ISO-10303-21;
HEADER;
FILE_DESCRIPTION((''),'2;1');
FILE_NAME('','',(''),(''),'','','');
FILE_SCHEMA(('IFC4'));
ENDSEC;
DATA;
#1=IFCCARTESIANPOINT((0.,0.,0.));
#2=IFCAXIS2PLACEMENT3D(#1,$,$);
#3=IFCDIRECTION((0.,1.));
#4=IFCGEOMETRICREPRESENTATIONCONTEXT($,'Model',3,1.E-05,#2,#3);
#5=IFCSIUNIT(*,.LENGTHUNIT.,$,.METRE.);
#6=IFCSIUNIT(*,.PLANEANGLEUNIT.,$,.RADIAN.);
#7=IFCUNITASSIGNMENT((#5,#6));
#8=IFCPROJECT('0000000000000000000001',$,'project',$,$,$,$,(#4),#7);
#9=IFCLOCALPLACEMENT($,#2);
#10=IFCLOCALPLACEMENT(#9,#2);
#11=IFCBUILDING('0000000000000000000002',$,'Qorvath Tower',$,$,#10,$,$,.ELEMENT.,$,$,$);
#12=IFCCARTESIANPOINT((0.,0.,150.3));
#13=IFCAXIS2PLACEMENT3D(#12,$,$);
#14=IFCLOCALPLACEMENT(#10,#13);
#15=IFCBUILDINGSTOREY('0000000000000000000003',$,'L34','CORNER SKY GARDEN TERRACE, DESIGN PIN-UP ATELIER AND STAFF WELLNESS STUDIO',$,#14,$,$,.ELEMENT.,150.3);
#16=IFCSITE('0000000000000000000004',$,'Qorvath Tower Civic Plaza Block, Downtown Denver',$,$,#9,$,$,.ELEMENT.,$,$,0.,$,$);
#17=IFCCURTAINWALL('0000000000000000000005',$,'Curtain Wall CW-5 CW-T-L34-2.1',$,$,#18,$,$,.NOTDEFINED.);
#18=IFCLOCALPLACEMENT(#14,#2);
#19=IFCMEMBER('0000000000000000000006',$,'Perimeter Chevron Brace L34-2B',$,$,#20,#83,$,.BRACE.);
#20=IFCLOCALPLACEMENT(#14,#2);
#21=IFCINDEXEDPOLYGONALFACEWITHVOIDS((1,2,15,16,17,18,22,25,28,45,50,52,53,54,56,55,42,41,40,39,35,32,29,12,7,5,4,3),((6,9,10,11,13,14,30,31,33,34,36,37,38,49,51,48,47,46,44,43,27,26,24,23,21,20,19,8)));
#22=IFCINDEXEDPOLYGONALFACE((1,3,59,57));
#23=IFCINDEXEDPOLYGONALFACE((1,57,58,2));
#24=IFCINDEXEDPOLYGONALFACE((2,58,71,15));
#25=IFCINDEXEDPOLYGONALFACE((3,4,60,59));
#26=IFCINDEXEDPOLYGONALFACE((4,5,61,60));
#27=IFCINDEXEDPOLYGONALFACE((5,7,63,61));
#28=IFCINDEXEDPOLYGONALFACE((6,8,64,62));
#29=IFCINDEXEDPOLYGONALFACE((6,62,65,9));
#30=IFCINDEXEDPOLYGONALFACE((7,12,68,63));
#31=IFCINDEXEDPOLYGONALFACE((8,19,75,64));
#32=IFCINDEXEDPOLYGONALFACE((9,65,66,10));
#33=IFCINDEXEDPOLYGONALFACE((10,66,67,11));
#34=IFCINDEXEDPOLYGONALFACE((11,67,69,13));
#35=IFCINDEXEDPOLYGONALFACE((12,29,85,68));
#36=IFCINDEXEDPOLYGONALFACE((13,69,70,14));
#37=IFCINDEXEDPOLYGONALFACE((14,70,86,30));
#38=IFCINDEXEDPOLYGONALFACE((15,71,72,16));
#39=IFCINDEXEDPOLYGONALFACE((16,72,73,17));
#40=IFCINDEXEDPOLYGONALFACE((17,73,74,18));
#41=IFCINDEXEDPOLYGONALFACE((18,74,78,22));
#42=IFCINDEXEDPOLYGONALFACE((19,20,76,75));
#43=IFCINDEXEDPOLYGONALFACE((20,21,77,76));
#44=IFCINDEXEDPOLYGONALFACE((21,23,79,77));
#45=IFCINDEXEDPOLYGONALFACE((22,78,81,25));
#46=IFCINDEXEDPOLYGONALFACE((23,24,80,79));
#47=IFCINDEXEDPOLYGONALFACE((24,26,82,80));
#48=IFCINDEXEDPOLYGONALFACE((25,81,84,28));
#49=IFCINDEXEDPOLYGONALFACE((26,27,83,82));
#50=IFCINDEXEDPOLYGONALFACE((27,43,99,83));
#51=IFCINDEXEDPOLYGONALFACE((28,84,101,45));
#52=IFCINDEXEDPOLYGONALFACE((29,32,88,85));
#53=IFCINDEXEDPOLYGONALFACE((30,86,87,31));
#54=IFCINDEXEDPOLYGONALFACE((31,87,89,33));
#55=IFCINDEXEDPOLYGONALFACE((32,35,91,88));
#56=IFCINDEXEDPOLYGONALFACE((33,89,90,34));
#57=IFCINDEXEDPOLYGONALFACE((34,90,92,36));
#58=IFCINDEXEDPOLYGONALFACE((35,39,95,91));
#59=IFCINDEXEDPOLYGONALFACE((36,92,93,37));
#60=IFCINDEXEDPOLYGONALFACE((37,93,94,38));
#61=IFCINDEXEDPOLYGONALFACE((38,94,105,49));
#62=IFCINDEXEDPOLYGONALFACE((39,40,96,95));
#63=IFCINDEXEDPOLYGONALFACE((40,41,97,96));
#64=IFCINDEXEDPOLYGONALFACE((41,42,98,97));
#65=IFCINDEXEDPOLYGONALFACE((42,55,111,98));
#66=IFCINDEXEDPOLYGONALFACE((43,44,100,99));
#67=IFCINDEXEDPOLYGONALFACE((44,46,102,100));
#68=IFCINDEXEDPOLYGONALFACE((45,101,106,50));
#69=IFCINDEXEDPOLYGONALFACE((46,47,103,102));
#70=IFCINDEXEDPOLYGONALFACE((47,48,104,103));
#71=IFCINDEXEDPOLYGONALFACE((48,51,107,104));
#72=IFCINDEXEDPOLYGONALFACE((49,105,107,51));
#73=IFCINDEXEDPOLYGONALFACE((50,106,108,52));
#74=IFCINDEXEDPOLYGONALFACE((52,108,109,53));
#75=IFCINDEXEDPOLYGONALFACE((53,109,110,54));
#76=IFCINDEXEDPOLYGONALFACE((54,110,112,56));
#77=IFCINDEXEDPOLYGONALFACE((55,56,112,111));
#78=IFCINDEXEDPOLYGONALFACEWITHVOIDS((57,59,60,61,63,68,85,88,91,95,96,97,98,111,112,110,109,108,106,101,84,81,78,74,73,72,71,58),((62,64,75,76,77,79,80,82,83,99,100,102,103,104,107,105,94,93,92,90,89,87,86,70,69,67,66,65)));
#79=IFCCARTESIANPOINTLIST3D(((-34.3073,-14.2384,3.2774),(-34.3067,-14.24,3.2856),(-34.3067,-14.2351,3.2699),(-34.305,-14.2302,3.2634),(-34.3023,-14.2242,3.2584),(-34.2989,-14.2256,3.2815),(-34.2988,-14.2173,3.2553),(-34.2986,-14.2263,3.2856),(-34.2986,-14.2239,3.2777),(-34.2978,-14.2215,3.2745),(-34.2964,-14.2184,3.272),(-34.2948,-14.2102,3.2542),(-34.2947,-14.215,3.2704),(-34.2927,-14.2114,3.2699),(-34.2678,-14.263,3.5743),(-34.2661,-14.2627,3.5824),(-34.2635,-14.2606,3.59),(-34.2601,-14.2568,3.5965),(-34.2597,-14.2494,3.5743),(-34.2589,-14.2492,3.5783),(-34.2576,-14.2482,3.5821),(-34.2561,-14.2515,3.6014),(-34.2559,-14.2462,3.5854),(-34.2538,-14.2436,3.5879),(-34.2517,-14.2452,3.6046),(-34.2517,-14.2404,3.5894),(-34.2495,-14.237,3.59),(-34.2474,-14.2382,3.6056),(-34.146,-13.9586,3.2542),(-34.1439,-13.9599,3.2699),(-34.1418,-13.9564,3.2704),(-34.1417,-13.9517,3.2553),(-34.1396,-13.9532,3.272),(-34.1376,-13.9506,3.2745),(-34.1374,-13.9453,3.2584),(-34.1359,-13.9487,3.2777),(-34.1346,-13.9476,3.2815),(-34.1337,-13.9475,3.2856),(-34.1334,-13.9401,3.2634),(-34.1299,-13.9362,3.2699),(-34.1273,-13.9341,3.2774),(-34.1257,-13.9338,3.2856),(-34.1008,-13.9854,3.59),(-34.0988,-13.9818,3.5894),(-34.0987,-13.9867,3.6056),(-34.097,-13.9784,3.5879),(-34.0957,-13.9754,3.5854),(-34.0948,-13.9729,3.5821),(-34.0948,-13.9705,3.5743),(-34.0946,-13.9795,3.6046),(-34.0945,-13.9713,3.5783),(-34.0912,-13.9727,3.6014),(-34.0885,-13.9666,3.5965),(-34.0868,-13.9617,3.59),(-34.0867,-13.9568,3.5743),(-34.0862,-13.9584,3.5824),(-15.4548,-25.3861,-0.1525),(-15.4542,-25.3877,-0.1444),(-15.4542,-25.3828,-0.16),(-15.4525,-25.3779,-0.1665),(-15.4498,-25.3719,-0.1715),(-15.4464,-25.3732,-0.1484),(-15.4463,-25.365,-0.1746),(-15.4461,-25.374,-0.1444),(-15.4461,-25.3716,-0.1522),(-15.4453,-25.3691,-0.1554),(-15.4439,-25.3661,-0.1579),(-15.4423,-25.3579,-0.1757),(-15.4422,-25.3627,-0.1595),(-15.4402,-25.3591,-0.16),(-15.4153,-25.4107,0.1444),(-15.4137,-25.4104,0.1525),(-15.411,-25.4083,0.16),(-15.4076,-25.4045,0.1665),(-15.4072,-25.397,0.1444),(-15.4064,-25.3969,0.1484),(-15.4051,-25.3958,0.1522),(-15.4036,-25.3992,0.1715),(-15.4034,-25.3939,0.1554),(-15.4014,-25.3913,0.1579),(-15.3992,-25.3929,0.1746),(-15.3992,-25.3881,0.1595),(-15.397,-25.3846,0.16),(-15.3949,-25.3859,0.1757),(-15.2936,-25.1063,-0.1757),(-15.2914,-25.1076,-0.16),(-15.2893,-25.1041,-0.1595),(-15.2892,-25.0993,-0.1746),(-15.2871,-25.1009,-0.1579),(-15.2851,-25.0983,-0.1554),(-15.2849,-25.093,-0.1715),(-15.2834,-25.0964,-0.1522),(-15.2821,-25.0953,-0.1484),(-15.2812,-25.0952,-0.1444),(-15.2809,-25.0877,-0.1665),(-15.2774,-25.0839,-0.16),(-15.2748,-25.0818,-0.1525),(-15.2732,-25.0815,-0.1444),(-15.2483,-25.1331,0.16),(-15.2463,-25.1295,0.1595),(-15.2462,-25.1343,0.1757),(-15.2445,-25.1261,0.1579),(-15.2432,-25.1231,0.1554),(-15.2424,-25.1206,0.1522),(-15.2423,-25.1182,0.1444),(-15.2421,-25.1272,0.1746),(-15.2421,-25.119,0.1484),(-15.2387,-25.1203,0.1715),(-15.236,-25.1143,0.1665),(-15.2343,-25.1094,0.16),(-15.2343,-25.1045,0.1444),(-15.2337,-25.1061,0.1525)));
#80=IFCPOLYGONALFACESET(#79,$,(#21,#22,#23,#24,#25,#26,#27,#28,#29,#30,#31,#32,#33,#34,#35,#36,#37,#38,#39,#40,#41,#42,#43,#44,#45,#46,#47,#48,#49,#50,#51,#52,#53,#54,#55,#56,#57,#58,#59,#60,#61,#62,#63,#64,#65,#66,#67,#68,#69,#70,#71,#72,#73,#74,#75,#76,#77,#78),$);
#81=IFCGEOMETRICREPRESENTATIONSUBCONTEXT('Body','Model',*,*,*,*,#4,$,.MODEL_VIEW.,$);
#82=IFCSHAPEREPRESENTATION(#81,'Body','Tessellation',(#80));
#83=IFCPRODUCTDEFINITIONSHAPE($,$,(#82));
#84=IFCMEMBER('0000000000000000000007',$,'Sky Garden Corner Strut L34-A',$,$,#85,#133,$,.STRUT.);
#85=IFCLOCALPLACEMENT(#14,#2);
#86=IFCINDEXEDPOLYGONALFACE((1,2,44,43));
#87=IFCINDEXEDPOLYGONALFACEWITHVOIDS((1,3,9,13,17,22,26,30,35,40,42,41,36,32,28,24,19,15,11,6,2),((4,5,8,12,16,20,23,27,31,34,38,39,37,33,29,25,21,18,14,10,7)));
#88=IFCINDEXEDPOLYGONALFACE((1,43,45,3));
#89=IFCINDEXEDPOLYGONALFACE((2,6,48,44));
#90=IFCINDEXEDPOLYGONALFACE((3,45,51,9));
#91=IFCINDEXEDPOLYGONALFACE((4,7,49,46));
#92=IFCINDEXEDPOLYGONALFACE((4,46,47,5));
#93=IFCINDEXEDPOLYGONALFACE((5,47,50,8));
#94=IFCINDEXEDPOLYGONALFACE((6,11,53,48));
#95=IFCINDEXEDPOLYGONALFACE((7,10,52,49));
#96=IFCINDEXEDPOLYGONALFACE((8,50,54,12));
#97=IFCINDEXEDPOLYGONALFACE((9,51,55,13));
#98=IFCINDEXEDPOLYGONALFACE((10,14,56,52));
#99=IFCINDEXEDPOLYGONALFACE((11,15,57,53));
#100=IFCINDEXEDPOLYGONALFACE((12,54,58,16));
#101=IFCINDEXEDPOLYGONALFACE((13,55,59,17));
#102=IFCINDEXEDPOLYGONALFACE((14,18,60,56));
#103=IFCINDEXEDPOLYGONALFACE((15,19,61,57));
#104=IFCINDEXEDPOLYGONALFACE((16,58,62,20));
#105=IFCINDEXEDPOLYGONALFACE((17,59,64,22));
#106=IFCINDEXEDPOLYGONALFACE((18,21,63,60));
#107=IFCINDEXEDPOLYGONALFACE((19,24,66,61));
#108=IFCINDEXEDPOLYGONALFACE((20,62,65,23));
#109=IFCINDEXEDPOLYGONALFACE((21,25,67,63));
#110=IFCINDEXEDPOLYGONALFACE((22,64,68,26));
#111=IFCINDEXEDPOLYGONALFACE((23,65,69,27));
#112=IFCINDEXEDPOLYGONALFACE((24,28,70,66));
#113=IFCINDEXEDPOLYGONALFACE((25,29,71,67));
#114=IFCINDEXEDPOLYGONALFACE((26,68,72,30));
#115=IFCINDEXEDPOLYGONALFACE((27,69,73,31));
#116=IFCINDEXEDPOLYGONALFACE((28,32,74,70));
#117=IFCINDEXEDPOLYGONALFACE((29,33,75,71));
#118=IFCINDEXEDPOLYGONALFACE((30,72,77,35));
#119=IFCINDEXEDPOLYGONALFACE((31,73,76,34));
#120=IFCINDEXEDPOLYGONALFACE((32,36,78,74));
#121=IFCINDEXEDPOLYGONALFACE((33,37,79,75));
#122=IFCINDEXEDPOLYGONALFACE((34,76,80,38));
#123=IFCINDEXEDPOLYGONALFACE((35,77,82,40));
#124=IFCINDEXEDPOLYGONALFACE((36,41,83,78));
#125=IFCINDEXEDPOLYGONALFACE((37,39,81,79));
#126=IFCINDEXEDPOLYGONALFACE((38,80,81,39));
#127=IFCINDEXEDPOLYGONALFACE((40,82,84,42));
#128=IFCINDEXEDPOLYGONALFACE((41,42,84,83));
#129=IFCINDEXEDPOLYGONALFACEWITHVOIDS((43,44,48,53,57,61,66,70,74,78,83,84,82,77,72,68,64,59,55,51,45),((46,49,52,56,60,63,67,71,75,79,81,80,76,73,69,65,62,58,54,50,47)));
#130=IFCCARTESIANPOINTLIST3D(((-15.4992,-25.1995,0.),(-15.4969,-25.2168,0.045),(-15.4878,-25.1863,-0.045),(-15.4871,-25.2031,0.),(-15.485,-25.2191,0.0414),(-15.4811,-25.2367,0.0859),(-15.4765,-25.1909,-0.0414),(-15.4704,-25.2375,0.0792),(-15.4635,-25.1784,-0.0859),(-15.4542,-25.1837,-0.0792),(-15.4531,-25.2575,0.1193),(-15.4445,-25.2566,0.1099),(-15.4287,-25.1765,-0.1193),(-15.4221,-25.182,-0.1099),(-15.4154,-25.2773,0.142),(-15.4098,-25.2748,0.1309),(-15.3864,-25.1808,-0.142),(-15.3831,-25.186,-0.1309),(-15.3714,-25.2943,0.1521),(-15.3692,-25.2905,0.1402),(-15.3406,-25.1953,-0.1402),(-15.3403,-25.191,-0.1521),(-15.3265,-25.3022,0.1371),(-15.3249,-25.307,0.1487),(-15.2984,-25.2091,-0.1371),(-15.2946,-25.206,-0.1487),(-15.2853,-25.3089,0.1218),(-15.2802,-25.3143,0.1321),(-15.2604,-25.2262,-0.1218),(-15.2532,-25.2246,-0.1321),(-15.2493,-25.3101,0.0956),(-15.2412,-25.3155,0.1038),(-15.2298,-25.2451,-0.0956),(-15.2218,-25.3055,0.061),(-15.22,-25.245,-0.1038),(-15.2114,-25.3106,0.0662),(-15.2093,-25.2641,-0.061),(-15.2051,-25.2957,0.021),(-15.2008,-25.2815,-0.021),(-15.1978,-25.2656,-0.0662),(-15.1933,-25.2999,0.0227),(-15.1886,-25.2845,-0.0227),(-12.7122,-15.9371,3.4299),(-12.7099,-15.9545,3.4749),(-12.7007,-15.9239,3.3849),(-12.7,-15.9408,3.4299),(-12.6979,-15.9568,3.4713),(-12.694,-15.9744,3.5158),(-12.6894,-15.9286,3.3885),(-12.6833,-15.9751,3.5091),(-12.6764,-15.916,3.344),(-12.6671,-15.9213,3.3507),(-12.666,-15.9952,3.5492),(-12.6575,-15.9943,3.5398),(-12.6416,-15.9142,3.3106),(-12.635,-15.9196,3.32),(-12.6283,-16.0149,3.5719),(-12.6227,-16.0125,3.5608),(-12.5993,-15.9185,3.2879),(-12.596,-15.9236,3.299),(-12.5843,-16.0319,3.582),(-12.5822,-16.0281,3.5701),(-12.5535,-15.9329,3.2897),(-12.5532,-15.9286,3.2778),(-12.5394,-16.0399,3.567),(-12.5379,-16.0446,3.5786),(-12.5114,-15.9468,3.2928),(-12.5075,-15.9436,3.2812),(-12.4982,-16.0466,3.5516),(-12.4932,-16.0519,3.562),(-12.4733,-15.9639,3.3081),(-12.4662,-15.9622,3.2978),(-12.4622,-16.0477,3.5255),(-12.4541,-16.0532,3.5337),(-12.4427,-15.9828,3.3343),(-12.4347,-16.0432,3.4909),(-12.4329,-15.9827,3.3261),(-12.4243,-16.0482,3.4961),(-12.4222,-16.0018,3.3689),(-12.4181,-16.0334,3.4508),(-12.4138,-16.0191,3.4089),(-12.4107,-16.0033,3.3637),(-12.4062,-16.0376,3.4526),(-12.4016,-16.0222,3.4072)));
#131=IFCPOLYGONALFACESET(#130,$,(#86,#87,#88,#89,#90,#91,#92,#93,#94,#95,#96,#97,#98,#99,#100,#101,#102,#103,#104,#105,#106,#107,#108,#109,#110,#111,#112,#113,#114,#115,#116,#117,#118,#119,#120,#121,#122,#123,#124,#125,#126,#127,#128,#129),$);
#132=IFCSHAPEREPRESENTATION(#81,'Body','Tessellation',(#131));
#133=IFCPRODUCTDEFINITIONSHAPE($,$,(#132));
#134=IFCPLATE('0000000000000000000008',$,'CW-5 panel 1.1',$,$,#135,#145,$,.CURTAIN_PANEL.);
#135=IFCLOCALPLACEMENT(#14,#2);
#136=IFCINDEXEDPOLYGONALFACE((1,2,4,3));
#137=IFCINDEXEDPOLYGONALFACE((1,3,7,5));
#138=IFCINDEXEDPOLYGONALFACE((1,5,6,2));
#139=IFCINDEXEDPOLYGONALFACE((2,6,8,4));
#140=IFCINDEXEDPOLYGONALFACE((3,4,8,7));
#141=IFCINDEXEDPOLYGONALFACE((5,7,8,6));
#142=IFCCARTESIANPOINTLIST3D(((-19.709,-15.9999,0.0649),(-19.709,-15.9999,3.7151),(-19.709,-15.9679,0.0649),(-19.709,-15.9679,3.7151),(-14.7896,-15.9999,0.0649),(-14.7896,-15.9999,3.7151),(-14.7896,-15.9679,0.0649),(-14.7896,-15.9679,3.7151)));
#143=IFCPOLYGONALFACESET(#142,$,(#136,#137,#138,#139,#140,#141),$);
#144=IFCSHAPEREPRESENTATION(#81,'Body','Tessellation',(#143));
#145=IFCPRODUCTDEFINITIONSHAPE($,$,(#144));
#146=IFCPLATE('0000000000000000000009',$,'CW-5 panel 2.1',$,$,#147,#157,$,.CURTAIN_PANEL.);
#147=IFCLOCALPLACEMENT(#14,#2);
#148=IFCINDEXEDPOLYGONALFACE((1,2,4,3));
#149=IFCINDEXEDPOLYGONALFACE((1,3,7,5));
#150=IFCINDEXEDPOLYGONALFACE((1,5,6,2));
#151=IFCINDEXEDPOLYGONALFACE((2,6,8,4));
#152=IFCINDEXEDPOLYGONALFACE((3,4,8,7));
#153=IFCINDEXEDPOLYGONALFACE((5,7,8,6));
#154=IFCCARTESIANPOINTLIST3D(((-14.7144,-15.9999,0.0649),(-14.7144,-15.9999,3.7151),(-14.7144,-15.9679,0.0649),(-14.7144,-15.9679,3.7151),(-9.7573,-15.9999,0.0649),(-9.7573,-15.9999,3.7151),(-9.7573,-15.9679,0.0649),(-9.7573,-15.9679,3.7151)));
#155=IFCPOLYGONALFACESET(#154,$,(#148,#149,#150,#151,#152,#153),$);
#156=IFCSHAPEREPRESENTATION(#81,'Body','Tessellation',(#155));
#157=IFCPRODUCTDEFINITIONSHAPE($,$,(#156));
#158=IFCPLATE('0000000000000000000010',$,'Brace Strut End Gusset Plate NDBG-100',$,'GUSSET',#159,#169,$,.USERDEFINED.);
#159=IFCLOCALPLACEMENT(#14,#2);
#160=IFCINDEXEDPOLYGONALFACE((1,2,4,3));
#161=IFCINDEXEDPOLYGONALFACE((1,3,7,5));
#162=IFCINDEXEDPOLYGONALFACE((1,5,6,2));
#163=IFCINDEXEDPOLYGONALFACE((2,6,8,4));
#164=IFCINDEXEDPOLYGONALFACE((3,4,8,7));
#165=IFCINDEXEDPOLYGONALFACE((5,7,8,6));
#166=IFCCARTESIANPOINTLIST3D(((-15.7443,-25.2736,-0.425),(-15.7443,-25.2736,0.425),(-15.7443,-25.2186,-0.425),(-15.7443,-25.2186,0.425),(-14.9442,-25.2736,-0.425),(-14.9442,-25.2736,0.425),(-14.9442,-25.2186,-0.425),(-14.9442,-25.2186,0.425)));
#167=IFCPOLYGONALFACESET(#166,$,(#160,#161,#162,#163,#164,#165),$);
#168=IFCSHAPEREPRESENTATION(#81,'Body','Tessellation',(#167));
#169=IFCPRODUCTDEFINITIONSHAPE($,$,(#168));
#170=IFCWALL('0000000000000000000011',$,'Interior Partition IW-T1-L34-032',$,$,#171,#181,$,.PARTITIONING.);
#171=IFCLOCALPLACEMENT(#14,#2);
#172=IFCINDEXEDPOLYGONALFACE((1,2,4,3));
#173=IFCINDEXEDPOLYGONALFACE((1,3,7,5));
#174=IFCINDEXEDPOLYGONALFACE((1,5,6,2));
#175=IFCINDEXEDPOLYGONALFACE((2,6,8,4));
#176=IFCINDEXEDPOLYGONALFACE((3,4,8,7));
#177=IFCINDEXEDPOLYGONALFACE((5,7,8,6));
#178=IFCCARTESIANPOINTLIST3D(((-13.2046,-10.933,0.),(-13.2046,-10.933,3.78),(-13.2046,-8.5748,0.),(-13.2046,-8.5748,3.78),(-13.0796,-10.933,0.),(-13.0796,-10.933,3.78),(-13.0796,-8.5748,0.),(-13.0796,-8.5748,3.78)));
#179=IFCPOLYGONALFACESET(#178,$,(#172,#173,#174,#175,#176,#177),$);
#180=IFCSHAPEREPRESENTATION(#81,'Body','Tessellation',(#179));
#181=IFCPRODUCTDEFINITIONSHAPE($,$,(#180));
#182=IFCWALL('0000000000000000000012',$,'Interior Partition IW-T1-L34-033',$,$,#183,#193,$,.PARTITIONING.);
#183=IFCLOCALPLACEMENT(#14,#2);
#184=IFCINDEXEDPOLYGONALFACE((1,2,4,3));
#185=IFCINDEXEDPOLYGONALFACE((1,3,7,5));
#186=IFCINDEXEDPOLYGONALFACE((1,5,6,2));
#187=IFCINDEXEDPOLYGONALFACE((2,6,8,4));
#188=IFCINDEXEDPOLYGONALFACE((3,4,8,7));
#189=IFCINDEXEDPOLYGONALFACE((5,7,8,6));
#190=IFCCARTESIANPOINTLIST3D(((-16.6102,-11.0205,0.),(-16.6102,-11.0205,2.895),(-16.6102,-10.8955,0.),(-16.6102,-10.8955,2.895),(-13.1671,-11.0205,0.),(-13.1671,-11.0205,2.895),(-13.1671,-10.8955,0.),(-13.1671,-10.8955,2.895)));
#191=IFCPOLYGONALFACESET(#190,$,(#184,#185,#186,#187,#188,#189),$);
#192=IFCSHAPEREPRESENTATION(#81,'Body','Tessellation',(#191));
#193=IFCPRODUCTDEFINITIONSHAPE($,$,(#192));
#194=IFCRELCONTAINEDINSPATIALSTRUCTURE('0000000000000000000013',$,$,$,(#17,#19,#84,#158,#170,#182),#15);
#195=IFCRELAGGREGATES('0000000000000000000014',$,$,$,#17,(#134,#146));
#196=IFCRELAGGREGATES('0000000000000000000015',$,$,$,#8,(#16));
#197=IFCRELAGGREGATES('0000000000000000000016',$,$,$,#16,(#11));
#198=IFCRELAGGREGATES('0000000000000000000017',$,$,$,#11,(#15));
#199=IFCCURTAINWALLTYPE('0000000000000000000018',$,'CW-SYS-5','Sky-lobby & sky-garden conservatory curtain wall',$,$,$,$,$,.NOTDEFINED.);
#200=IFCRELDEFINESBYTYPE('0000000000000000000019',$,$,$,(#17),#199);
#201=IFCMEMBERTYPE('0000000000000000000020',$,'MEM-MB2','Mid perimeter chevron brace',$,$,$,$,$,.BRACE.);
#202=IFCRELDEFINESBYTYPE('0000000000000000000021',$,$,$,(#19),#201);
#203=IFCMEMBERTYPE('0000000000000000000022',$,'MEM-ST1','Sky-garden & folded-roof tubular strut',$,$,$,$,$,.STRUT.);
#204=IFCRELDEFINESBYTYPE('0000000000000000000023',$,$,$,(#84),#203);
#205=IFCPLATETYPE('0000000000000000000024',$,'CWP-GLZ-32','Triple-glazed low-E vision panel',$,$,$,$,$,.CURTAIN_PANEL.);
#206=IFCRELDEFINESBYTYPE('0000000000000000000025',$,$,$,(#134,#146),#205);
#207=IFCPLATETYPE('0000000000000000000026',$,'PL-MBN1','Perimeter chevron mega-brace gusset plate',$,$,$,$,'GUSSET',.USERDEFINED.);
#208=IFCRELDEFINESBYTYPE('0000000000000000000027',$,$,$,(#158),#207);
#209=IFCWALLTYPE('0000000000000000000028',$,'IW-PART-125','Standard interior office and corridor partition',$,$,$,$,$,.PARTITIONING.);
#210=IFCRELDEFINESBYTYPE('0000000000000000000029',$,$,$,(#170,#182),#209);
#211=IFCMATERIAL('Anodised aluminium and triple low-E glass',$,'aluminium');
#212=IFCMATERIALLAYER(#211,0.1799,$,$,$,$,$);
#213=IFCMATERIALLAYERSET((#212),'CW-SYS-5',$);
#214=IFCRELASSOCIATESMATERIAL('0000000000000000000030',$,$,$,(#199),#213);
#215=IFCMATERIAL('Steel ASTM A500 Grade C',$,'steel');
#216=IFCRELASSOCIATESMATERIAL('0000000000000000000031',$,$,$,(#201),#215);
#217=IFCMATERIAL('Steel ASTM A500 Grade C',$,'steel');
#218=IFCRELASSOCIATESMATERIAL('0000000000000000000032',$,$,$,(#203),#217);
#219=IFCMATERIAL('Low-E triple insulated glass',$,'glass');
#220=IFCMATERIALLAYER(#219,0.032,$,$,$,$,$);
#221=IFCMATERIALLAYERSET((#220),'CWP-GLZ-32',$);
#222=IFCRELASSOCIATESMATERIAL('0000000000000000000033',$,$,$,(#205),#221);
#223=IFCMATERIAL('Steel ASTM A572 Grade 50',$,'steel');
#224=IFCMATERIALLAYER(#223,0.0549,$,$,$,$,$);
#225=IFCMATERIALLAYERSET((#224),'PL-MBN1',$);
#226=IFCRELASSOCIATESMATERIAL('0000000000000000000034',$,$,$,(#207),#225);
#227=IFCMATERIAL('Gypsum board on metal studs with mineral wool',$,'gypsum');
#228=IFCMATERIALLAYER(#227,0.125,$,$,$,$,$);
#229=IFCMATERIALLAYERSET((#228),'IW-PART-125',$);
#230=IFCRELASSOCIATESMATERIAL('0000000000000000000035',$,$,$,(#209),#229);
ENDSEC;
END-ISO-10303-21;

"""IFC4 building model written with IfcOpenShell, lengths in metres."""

from ifc_helpers import new_model, si_unit, direction, frame, frame_2d, origin, origin_2d, place, context, subcontext, project, spatial, rectangle, hollow_rectangle, hollow_circle, extrude, material, layer, layer_set, material_profile, profile_set, type_object, element, aggregate, save


model = new_model("IFC4")

# Units and contexts
model_context = context("Model", 3, precision=1e-05, world=origin(), true_north=direction((0.0, 1.0)))
body_context = subcontext(model_context, "Body", "Model", "MODEL_VIEW")
ifc_project = project(units=[si_unit("LENGTHUNIT", "METRE"), si_unit("PLANEANGLEUNIT", "RADIAN")], contexts=[model_context])

# Site, building, storey
site_placement = place(None, origin())
site = spatial("IfcSite", under=ifc_project, at=site_placement, Name="Qorvath Tower Civic Plaza Block, Downtown Denver", CompositionType="ELEMENT", RefElevation=0.0)
building_placement = place(site_placement, origin())
building = spatial("IfcBuilding", under=site, at=building_placement, Name="Qorvath Tower", CompositionType="ELEMENT")
storey_placement = place(building_placement, frame((0.0, 0.0, 150.3)))
storey = spatial("IfcBuildingStorey", under=building, at=storey_placement, Name="L34", Description="CORNER SKY GARDEN TERRACE, DESIGN PIN-UP ATELIER AND STAFF WELLNESS STUDIO", CompositionType="ELEMENT", Elevation=150.3)

# Curtain wall
ifc_material_1 = material(Name="Anodised aluminium and triple low-E glass", Category="aluminium")
ifc_layer_1 = layer(ifc_material_1, 0.1799)
ifc_layer_set_1 = layer_set([ifc_layer_1], Name="CW-SYS-5")
curtain_wall_type = type_object("IfcCurtainWallType", Name="CW-SYS-5", Description="Sky-lobby & sky-garden conservatory curtain wall", PredefinedType="NOTDEFINED", material=ifc_layer_set_1)
curtain_wall_1_placement = place(storey_placement, origin())
curtain_wall_1 = element("IfcCurtainWall", 1, at=curtain_wall_1_placement, inside=storey, type_object=curtain_wall_type, Name="Curtain Wall CW-5 CW-T-L34-2.1", PredefinedType="NOTDEFINED")

# Members
ifc_material_2 = material(Name="Steel ASTM A500 Grade C", Category="steel")
ifc_material_profile_1 = material_profile(ifc_material_2, hollow_rectangle(XDim=0.3557, YDim=0.3557, WallThickness=0.0159, InnerFilletRadius=0.0159, OuterFilletRadius=0.0317, at=origin_2d()), Name="HSS 356x356x16")
ifc_profile_set_1 = profile_set([ifc_material_profile_1], Name="Steel ASTM A500 Grade C")
member_type_1 = type_object("IfcMemberType", Name="MEM-MB2", Description="Mid perimeter chevron brace", PredefinedType="BRACE", material=ifc_profile_set_1)
member_1_placement = place(storey_placement, frame((-15.3442, -25.2461, 0.0), z_axis=(-0.85041, 0.502856, 0.154719), x_axis=(-0.508985, -0.860775, 0.0)))
element("IfcMember", 2, at=member_1_placement, inside=storey, type_object=member_type_1, Name="Perimeter Chevron Brace L34-2B", PredefinedType="BRACE", context=body_context, shape_type="SweptSolid", body=[
    extrude(hollow_rectangle(XDim=0.3557, YDim=0.3557, WallThickness=0.0159, InnerFilletRadius=0.0159, OuterFilletRadius=0.0317, at=origin_2d()), origin(), (0.0, 0.0, 1.0), 22.1687),
])
ifc_material_3 = material(Name="Steel ASTM A500 Grade C", Category="steel")
ifc_material_profile_2 = material_profile(ifc_material_3, hollow_circle(Radius=0.1619, WallThickness=0.0127, at=origin_2d()), Name="CHS 324x12.7")
ifc_profile_set_2 = profile_set([ifc_material_profile_2], Name="Steel ASTM A500 Grade C")
member_type_2 = type_object("IfcMemberType", Name="MEM-ST1", Description="Sky-garden & folded-roof tubular strut", PredefinedType="STRUT", material=ifc_profile_set_2)
member_2_placement = place(storey_placement, frame((-15.3442, -25.2461, 0.0), z_axis=(0.271574, 0.902525, 0.33421), x_axis=(-0.957588, 0.288142, 0.0)))
element("IfcMember", 3, at=member_2_placement, inside=storey, type_object=member_type_2, Name="Sky Garden Corner Strut L34-A", PredefinedType="STRUT", context=body_context, shape_type="SweptSolid", body=[
    extrude(hollow_circle(Radius=0.1619, WallThickness=0.0127, at=origin_2d()), origin(), (0.0, 0.0, 1.0), 10.2627),
])

# Plates
ifc_material_4 = material(Name="Low-E triple insulated glass", Category="glass")
ifc_layer_2 = layer(ifc_material_4, 0.032)
ifc_layer_set_2 = layer_set([ifc_layer_2], Name="CWP-GLZ-32")
plate_type_1 = type_object("IfcPlateType", Name="CWP-GLZ-32", Description="Triple-glazed low-E vision panel", PredefinedType="CURTAIN_PANEL", material=ifc_layer_set_2)
plate_1_placement = place(storey_placement, frame((-17.2493, -15.9839, 0.0649), z_axis=(0.0, 0.0, 1.0), x_axis=(1.0, 0.0, 0.0)))
plate_1 = element("IfcPlate", 4, at=plate_1_placement, type_object=plate_type_1, Name="CW-5 panel 1.1", PredefinedType="CURTAIN_PANEL", context=body_context, shape_type="SweptSolid", body=[
    extrude(rectangle(XDim=4.9194, YDim=0.032, at=origin_2d()), origin(), (0.0, 0.0, 1.0), 3.6501),
])
plate_2_placement = place(storey_placement, frame((-12.2358, -15.9839, 0.0649), z_axis=(0.0, 0.0, 1.0), x_axis=(1.0, 0.0, 0.0)))
plate_2 = element("IfcPlate", 5, at=plate_2_placement, type_object=plate_type_1, Name="CW-5 panel 2.1", PredefinedType="CURTAIN_PANEL", context=body_context, shape_type="SweptSolid", body=[
    extrude(rectangle(XDim=4.957, YDim=0.032, at=origin_2d()), origin(), (0.0, 0.0, 1.0), 3.6501),
])
aggregate(curtain_wall_1, [plate_1, plate_2])
ifc_material_5 = material(Name="Steel ASTM A572 Grade 50", Category="steel")
ifc_layer_3 = layer(ifc_material_5, 0.0549)
ifc_layer_set_3 = layer_set([ifc_layer_3], Name="PL-MBN1")
plate_type_2 = type_object("IfcPlateType", Name="PL-MBN1", Description="Perimeter chevron mega-brace gusset plate", ElementType="GUSSET", PredefinedType="USERDEFINED", material=ifc_layer_set_3)
plate_3_placement = place(storey_placement, frame((-15.3442, -25.2461, -0.425), z_axis=(0.0, 0.0, 1.0), x_axis=(1.0, 0.0, 0.0)))
element("IfcPlate", 6, at=plate_3_placement, inside=storey, type_object=plate_type_2, Name="Brace Strut End Gusset Plate NDBG-100", ObjectType="GUSSET", PredefinedType="USERDEFINED", context=body_context, shape_type="SweptSolid", body=[
    extrude(rectangle(XDim=0.8, YDim=0.0549, at=origin_2d()), origin(), (0.0, 0.0, 1.0), 0.8501),
])

# Walls
ifc_material_6 = material(Name="Gypsum board on metal studs with mineral wool", Category="gypsum")
ifc_layer_4 = layer(ifc_material_6, 0.125)
ifc_layer_set_4 = layer_set([ifc_layer_4], Name="IW-PART-125")
wall_type_1 = type_object("IfcWallType", Name="IW-PART-125", Description="Standard interior office and corridor partition", PredefinedType="PARTITIONING", material=ifc_layer_set_4)
wall_1_placement = place(storey_placement, frame((-13.1421, -10.9331, 0.0), z_axis=(0.0, 0.0, 1.0), x_axis=(0.0, 1.0, 0.0)))
element("IfcWall", 7, at=wall_1_placement, inside=storey, type_object=wall_type_1, Name="Interior Partition IW-T1-L34-032", PredefinedType="PARTITIONING", context=body_context, shape_type="SweptSolid", body=[
    extrude(rectangle(XDim=2.3582, YDim=0.125, at=frame_2d((1.1792, 0.0))), origin(), (0.0, 0.0, 1.0), 3.78),
])
wall_2_placement = place(storey_placement, frame((-13.167, -10.958, 0.0), z_axis=(0.0, 0.0, 1.0), x_axis=(-1.0, 0.0, 0.0)))
element("IfcWall", 8, at=wall_2_placement, inside=storey, type_object=wall_type_1, Name="Interior Partition IW-T1-L34-033", PredefinedType="PARTITIONING", context=body_context, shape_type="SweptSolid", body=[
    extrude(rectangle(XDim=3.4431, YDim=0.125, at=frame_2d((1.7217, 0.0))), origin(), (0.0, 0.0, 1.0), 2.895),
])

save(model, "model.ifc")
